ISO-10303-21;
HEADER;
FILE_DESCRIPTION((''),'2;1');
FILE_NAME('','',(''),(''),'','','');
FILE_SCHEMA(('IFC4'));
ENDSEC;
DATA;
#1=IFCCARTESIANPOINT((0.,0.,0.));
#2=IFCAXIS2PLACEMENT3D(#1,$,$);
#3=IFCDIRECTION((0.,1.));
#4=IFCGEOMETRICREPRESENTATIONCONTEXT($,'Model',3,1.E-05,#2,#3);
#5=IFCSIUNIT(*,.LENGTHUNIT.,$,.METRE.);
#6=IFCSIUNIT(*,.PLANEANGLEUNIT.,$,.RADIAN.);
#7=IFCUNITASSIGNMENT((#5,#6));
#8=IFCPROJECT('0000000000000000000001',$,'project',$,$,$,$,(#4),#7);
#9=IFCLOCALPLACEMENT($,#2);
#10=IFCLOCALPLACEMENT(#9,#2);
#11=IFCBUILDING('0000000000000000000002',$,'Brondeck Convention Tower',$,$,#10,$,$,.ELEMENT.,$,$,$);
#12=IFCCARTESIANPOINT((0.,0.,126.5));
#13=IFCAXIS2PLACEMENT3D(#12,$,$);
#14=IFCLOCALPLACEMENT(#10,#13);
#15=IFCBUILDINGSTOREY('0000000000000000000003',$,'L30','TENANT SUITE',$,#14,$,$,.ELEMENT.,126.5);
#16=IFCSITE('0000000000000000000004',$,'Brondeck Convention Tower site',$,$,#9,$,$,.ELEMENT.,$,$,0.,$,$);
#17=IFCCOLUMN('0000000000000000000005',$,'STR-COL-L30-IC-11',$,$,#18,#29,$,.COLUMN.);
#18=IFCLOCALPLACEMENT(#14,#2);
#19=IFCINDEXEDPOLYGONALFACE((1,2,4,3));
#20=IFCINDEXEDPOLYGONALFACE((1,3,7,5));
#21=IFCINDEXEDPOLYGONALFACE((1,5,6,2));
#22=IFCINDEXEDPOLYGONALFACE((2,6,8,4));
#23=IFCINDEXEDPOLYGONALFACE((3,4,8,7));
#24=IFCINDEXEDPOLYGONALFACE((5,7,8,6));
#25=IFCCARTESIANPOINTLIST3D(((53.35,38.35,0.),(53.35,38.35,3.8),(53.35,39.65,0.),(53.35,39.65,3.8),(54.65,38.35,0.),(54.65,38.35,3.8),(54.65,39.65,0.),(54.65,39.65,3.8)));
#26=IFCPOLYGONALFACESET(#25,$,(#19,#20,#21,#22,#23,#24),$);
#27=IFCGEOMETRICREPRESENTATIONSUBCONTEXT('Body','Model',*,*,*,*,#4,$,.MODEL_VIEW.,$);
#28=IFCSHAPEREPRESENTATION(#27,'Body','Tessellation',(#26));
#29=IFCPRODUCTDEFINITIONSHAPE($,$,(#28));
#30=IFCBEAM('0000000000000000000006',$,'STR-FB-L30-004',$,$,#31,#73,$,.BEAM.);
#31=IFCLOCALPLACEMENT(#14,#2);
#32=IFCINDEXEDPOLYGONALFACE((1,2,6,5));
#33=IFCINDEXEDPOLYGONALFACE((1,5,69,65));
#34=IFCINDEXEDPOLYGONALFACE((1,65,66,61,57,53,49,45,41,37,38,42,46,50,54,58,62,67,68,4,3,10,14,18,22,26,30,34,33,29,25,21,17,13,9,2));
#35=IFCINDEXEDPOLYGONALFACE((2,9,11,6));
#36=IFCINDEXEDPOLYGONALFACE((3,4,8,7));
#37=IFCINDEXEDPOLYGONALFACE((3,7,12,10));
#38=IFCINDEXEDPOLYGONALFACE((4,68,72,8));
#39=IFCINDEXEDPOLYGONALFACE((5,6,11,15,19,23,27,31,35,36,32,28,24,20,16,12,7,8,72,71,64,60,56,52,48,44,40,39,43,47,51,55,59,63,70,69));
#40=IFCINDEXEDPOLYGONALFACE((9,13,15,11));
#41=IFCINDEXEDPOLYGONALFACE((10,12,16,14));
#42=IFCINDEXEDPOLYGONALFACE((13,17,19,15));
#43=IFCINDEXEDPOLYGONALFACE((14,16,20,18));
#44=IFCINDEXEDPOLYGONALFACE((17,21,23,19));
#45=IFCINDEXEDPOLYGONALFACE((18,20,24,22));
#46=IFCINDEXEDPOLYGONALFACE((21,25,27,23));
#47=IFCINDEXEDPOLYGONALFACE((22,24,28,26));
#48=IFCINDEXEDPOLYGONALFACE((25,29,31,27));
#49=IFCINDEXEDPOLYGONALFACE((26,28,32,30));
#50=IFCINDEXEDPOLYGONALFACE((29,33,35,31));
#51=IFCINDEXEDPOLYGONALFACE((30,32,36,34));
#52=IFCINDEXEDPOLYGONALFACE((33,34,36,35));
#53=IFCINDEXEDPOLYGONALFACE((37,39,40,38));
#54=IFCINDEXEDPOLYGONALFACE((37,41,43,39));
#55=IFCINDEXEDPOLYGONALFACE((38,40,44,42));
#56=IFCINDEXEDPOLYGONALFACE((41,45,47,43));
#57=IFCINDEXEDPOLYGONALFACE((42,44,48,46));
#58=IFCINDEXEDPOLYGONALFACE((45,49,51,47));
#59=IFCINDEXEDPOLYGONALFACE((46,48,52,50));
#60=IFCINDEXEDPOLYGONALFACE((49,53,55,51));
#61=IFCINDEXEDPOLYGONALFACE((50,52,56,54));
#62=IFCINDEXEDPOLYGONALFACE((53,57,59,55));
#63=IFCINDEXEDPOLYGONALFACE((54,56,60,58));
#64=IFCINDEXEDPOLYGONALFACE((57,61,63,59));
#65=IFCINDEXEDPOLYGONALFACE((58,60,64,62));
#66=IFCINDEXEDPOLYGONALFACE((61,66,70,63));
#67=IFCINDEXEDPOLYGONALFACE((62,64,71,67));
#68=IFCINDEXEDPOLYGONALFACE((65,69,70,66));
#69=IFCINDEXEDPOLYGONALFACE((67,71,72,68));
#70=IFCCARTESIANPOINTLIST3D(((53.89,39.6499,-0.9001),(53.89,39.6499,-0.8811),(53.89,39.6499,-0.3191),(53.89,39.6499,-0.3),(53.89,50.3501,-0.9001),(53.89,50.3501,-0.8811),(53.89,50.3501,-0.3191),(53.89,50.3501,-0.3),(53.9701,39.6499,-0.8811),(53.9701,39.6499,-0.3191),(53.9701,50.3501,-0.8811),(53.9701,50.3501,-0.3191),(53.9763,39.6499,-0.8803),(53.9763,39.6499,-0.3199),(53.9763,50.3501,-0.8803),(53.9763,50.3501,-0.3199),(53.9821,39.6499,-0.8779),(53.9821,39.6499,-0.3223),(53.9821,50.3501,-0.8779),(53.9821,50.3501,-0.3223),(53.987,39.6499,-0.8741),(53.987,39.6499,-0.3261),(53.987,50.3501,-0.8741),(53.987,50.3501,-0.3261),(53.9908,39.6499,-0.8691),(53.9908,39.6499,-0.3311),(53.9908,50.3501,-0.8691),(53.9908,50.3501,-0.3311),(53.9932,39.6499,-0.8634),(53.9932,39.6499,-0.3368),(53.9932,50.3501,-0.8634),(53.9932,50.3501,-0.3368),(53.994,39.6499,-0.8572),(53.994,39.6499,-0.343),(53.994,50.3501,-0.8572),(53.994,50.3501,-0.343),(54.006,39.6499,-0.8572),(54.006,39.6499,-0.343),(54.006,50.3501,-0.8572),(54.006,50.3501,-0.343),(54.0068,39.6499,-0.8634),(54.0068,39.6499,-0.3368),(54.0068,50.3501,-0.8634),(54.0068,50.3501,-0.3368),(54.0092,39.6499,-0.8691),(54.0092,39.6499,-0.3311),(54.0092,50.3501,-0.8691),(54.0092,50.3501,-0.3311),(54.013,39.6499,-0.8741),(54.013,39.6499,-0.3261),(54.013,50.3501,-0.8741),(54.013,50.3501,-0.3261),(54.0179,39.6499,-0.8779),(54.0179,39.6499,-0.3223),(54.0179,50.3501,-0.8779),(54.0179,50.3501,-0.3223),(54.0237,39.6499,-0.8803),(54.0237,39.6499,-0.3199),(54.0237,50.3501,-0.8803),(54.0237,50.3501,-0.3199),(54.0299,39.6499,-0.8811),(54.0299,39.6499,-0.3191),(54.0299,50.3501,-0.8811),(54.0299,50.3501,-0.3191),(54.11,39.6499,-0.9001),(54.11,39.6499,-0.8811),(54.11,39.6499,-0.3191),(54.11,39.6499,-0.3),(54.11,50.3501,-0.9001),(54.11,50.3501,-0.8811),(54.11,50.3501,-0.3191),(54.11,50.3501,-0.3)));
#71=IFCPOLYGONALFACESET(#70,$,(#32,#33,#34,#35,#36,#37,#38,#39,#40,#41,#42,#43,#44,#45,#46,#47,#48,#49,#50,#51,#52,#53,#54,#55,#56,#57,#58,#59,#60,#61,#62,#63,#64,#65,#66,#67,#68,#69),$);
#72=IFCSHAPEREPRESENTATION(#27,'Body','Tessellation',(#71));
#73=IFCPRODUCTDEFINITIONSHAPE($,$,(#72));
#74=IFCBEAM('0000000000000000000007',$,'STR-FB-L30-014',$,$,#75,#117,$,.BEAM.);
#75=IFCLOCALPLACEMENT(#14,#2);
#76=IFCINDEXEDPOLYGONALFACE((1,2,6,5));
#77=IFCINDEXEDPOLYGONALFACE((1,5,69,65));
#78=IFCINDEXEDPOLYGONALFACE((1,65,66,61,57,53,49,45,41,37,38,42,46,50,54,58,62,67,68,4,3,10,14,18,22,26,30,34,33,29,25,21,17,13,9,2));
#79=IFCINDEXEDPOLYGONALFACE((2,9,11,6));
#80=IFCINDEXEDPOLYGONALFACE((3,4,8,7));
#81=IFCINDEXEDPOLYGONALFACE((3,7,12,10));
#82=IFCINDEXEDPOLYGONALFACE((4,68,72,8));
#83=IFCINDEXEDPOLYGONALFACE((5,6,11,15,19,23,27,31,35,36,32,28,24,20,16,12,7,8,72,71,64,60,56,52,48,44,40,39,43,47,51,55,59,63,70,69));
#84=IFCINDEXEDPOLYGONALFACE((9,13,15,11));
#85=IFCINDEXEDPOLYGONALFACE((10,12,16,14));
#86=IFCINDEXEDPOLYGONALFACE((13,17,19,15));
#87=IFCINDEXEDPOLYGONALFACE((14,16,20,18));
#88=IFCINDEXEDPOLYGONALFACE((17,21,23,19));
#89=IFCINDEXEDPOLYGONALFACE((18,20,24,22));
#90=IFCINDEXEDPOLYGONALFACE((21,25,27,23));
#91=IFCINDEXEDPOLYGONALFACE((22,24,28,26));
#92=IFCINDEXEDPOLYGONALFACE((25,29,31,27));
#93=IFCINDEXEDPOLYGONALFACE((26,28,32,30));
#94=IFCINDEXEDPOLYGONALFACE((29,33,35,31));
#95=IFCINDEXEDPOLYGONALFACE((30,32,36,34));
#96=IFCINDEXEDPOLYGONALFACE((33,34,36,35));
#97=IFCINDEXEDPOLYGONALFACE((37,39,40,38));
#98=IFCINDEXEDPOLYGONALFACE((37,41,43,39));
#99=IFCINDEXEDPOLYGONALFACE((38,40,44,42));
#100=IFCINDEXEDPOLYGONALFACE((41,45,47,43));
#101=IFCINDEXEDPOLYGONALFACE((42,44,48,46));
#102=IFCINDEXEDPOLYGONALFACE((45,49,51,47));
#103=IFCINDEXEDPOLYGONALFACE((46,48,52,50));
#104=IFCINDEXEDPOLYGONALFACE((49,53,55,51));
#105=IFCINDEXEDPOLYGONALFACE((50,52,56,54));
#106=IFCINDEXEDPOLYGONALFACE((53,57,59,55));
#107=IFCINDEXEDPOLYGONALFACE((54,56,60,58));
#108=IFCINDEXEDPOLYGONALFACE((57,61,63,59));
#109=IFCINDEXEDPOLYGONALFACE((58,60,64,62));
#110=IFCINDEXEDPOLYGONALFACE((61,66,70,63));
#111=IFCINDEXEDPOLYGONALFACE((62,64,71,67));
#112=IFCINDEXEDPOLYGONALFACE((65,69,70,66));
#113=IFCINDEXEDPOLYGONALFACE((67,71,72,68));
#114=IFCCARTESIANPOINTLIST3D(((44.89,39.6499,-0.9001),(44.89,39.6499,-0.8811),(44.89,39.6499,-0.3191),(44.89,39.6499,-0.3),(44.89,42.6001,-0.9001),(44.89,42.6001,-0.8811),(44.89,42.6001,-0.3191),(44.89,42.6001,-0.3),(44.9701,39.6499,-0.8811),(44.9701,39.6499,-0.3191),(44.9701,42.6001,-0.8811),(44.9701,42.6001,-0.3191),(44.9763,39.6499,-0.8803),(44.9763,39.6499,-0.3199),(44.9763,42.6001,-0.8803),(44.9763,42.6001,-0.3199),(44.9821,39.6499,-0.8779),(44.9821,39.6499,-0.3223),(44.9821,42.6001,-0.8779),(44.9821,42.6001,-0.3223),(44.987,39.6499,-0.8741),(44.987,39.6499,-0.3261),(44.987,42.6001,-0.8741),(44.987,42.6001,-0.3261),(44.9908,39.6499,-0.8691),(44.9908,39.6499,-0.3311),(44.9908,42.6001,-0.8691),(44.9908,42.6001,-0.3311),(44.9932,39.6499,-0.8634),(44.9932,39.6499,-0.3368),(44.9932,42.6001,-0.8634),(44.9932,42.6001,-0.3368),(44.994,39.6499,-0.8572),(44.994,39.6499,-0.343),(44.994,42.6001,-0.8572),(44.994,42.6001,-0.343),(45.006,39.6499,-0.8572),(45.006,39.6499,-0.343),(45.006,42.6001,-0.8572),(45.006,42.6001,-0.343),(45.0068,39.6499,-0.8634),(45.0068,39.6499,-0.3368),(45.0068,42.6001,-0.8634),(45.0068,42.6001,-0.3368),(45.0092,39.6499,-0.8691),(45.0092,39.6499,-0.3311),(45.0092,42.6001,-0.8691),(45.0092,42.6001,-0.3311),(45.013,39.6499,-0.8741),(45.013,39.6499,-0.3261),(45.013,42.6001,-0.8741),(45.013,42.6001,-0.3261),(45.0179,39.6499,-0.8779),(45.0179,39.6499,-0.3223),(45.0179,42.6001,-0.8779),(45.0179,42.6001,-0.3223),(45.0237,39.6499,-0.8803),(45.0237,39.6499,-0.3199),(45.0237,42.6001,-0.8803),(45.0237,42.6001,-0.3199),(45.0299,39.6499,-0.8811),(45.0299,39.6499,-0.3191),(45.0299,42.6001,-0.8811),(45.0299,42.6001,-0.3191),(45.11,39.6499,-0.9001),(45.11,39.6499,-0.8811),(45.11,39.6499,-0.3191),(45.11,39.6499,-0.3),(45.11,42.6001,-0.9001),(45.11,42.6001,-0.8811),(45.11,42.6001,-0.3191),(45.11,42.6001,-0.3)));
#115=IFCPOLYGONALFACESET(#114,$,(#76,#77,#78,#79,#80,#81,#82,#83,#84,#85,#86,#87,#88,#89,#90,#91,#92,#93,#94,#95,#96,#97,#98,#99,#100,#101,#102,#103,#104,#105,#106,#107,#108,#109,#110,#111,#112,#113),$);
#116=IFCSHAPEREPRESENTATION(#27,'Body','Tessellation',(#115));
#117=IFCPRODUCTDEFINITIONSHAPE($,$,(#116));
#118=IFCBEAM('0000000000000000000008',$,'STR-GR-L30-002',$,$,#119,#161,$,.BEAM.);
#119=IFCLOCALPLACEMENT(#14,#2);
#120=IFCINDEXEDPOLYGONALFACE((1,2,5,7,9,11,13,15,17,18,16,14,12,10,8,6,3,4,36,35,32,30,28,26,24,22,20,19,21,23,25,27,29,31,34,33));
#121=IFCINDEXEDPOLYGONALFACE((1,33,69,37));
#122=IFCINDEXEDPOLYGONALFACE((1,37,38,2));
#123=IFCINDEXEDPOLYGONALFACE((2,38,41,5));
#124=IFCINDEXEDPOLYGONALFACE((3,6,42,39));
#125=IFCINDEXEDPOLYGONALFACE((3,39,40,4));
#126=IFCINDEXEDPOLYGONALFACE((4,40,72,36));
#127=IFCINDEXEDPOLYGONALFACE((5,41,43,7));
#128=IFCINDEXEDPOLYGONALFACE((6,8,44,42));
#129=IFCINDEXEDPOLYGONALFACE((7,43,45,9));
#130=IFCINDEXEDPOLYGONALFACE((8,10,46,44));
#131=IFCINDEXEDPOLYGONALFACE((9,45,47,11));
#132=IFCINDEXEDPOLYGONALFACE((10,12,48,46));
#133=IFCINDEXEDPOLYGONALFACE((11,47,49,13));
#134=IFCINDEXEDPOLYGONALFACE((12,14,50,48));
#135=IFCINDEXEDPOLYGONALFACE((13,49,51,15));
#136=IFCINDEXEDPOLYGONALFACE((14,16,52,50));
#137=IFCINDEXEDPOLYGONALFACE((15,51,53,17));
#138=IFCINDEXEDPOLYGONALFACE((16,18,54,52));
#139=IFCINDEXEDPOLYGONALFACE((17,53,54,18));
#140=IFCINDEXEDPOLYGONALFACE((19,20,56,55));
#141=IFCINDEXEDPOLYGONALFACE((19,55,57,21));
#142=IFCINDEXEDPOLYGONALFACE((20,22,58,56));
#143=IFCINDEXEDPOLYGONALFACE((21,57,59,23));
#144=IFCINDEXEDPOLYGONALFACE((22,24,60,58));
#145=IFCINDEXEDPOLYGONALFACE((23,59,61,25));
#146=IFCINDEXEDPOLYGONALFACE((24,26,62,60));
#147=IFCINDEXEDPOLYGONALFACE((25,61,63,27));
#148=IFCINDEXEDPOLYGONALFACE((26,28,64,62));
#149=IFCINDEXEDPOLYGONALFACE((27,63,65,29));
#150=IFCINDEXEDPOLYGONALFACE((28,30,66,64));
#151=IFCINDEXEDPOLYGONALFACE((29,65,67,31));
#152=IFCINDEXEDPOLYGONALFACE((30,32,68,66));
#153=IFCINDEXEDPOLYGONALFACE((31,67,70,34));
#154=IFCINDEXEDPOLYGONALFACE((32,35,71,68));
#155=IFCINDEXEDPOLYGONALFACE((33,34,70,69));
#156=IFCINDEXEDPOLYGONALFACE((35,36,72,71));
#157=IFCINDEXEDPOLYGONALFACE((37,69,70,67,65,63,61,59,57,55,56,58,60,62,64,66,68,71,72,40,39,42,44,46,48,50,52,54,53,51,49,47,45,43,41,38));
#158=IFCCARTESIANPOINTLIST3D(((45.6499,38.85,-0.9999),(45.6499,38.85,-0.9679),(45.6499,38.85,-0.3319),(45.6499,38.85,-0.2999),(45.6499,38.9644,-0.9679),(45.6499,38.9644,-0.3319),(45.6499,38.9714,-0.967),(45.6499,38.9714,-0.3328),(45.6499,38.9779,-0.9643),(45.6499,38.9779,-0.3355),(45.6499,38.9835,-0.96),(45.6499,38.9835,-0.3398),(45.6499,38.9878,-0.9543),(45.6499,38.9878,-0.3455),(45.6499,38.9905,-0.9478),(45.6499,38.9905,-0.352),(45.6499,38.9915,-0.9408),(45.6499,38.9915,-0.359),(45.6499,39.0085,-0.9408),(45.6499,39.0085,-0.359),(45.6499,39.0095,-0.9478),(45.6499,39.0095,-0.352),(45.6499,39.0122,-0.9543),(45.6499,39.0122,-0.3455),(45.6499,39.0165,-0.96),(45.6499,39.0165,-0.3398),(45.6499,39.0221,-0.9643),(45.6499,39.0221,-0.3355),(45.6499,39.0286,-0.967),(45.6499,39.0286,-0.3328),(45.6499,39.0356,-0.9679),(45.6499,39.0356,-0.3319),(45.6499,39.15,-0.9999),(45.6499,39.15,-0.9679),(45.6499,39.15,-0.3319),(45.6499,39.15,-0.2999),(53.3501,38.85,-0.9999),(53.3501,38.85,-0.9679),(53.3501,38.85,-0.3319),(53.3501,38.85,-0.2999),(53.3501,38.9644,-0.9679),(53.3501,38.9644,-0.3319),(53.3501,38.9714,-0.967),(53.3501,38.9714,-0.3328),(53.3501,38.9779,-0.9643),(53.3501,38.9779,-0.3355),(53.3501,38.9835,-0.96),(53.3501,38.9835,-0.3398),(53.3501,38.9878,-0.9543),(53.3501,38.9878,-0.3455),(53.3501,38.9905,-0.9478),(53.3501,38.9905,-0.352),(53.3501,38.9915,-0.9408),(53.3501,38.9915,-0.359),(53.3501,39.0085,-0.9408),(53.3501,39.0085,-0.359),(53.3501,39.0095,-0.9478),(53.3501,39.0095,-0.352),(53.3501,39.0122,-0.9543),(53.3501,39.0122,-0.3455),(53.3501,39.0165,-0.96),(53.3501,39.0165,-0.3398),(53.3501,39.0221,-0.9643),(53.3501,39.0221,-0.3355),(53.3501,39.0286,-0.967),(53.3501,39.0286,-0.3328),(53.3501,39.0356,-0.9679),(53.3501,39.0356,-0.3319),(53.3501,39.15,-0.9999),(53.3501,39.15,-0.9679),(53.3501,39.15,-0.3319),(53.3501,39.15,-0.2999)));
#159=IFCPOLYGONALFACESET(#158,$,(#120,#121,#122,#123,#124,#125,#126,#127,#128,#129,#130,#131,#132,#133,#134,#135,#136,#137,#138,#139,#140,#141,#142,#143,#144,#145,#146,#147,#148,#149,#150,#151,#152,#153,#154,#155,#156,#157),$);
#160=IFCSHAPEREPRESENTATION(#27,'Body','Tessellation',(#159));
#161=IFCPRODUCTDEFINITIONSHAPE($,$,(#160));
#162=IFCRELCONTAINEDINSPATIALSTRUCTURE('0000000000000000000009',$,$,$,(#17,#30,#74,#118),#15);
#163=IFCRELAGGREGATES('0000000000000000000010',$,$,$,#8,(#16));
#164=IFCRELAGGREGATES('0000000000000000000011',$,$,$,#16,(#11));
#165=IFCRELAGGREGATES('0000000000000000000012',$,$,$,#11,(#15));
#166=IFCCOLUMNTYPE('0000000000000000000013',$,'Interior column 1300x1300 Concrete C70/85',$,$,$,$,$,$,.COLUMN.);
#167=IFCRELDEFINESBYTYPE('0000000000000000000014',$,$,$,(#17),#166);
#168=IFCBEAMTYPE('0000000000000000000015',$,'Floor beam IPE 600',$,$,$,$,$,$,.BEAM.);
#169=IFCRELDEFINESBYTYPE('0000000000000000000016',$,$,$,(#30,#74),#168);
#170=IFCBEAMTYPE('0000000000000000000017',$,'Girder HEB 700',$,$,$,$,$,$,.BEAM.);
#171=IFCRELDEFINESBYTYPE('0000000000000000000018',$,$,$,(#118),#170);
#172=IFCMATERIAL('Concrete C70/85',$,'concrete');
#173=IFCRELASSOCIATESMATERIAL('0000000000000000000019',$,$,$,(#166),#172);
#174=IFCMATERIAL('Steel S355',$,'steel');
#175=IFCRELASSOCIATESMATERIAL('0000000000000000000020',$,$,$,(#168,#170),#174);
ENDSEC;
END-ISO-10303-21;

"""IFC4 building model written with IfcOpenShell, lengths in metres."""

from ifc_helpers import new_model, si_unit, direction, frame, origin, origin_2d, place, context, subcontext, project, spatial, rectangle, i_section, extrude, material, material_profile, profile_set, type_object, element, save


model = new_model("IFC4")

# Units and contexts
model_context = context("Model", 3, precision=1e-05, world=origin(), true_north=direction((0.0, 1.0)))
body_context = subcontext(model_context, "Body", "Model", "MODEL_VIEW")
ifc_project = project(units=[si_unit("LENGTHUNIT", "METRE"), si_unit("PLANEANGLEUNIT", "RADIAN")], contexts=[model_context])

# Site, building, storey
site_placement = place(None, origin())
site = spatial("IfcSite", under=ifc_project, at=site_placement, Name="Brondeck Convention Tower site", CompositionType="ELEMENT", RefElevation=0.0)
building_placement = place(site_placement, origin())
building = spatial("IfcBuilding", under=site, at=building_placement, Name="Brondeck Convention Tower", CompositionType="ELEMENT")
storey_placement = place(building_placement, frame((0.0, 0.0, 126.5)))
storey = spatial("IfcBuildingStorey", under=building, at=storey_placement, Name="L30", Description="TENANT SUITE", CompositionType="ELEMENT", Elevation=126.5)

# Column
ifc_material_1 = material(Name="Concrete C70/85", Category="concrete")
ifc_material_profile_1 = material_profile(ifc_material_1, rectangle(XDim=1.3, YDim=1.3, at=origin_2d()), Name="Interior column 1300x1300 Concrete C70/85")
ifc_profile_set_1 = profile_set([ifc_material_profile_1], Name="Concrete C70/85")
column_type = type_object("IfcColumnType", Name="Interior column 1300x1300 Concrete C70/85", PredefinedType="COLUMN", material=ifc_profile_set_1)
column_placement = place(storey_placement, frame((54.0, 39.0, 0.0), z_axis=(0.0, 0.0, 1.0), x_axis=(1.0, 0.0, 0.0)))
element("IfcColumn", 1, at=column_placement, inside=storey, type_object=column_type, Name="STR-COL-L30-IC-11", PredefinedType="COLUMN", context=body_context, shape_type="SweptSolid", body=[
    extrude(rectangle(XDim=1.3, YDim=1.3, at=origin_2d()), origin(), (0.0, 0.0, 1.0), 3.8),
])

# Beams
ifc_material_2 = material(Name="Steel S355", Category="steel")
ifc_material_profile_2 = material_profile(ifc_material_2, i_section(OverallWidth=0.22, OverallDepth=0.6001, WebThickness=0.012, FlangeThickness=0.019, FilletRadius=0.0239, at=origin_2d()), Name="IPE 600")
ifc_profile_set_2 = profile_set([ifc_material_profile_2], Name="Steel S355")
beam_type_1 = type_object("IfcBeamType", Name="Floor beam IPE 600", PredefinedType="BEAM", material=ifc_profile_set_2)
beam_1_placement = place(storey_placement, frame((54.0, 39.6499, -0.6001), z_axis=(0.0, 1.0, 0.0), x_axis=(-1.0, 0.0, 0.0)))
element("IfcBeam", 2, at=beam_1_placement, inside=storey, type_object=beam_type_1, Name="STR-FB-L30-004", PredefinedType="BEAM", context=body_context, shape_type="SweptSolid", body=[
    extrude(i_section(OverallWidth=0.22, OverallDepth=0.6001, WebThickness=0.012, FlangeThickness=0.019, FilletRadius=0.0239, at=origin_2d()), origin(), (0.0, 0.0, 1.0), 10.7002),
])
beam_2_placement = place(storey_placement, frame((45.0, 39.6499, -0.6001), z_axis=(0.0, 1.0, 0.0), x_axis=(-1.0, 0.0, 0.0)))
element("IfcBeam", 3, at=beam_2_placement, inside=storey, type_object=beam_type_1, Name="STR-FB-L30-014", PredefinedType="BEAM", context=body_context, shape_type="SweptSolid", body=[
    extrude(i_section(OverallWidth=0.22, OverallDepth=0.6001, WebThickness=0.012, FlangeThickness=0.019, FilletRadius=0.0239, at=origin_2d()), origin(), (0.0, 0.0, 1.0), 2.9502),
])
ifc_material_profile_3 = material_profile(ifc_material_2, i_section(OverallWidth=0.3, OverallDepth=0.7, WebThickness=0.0171, FlangeThickness=0.032, FilletRadius=0.0271, at=origin_2d()), Name="HEB 700")
ifc_profile_set_3 = profile_set([ifc_material_profile_3], Name="Steel S355")
beam_type_2 = type_object("IfcBeamType", Name="Girder HEB 700", PredefinedType="BEAM", material=ifc_profile_set_3)
for number, where, z_axis, x_axis, name in (
    (4, (45.6499, 39.0, -0.6499), (1.0, 0.0, 0.0), (0.0, 1.0, 0.0), "STR-GR-L30-002"),
):
    element("IfcBeam", number, at=place(storey_placement, frame(where, z_axis=z_axis, x_axis=x_axis)), inside=storey, type_object=beam_type_2, Name=name, PredefinedType="BEAM", context=body_context, shape_type="SweptSolid", body=[
        extrude(i_section(OverallWidth=0.3, OverallDepth=0.7, WebThickness=0.0171, FlangeThickness=0.032, FilletRadius=0.0271, at=origin_2d()), origin(), (0.0, 0.0, 1.0), 7.7002),
    ])

save(model, "model.ifc")
